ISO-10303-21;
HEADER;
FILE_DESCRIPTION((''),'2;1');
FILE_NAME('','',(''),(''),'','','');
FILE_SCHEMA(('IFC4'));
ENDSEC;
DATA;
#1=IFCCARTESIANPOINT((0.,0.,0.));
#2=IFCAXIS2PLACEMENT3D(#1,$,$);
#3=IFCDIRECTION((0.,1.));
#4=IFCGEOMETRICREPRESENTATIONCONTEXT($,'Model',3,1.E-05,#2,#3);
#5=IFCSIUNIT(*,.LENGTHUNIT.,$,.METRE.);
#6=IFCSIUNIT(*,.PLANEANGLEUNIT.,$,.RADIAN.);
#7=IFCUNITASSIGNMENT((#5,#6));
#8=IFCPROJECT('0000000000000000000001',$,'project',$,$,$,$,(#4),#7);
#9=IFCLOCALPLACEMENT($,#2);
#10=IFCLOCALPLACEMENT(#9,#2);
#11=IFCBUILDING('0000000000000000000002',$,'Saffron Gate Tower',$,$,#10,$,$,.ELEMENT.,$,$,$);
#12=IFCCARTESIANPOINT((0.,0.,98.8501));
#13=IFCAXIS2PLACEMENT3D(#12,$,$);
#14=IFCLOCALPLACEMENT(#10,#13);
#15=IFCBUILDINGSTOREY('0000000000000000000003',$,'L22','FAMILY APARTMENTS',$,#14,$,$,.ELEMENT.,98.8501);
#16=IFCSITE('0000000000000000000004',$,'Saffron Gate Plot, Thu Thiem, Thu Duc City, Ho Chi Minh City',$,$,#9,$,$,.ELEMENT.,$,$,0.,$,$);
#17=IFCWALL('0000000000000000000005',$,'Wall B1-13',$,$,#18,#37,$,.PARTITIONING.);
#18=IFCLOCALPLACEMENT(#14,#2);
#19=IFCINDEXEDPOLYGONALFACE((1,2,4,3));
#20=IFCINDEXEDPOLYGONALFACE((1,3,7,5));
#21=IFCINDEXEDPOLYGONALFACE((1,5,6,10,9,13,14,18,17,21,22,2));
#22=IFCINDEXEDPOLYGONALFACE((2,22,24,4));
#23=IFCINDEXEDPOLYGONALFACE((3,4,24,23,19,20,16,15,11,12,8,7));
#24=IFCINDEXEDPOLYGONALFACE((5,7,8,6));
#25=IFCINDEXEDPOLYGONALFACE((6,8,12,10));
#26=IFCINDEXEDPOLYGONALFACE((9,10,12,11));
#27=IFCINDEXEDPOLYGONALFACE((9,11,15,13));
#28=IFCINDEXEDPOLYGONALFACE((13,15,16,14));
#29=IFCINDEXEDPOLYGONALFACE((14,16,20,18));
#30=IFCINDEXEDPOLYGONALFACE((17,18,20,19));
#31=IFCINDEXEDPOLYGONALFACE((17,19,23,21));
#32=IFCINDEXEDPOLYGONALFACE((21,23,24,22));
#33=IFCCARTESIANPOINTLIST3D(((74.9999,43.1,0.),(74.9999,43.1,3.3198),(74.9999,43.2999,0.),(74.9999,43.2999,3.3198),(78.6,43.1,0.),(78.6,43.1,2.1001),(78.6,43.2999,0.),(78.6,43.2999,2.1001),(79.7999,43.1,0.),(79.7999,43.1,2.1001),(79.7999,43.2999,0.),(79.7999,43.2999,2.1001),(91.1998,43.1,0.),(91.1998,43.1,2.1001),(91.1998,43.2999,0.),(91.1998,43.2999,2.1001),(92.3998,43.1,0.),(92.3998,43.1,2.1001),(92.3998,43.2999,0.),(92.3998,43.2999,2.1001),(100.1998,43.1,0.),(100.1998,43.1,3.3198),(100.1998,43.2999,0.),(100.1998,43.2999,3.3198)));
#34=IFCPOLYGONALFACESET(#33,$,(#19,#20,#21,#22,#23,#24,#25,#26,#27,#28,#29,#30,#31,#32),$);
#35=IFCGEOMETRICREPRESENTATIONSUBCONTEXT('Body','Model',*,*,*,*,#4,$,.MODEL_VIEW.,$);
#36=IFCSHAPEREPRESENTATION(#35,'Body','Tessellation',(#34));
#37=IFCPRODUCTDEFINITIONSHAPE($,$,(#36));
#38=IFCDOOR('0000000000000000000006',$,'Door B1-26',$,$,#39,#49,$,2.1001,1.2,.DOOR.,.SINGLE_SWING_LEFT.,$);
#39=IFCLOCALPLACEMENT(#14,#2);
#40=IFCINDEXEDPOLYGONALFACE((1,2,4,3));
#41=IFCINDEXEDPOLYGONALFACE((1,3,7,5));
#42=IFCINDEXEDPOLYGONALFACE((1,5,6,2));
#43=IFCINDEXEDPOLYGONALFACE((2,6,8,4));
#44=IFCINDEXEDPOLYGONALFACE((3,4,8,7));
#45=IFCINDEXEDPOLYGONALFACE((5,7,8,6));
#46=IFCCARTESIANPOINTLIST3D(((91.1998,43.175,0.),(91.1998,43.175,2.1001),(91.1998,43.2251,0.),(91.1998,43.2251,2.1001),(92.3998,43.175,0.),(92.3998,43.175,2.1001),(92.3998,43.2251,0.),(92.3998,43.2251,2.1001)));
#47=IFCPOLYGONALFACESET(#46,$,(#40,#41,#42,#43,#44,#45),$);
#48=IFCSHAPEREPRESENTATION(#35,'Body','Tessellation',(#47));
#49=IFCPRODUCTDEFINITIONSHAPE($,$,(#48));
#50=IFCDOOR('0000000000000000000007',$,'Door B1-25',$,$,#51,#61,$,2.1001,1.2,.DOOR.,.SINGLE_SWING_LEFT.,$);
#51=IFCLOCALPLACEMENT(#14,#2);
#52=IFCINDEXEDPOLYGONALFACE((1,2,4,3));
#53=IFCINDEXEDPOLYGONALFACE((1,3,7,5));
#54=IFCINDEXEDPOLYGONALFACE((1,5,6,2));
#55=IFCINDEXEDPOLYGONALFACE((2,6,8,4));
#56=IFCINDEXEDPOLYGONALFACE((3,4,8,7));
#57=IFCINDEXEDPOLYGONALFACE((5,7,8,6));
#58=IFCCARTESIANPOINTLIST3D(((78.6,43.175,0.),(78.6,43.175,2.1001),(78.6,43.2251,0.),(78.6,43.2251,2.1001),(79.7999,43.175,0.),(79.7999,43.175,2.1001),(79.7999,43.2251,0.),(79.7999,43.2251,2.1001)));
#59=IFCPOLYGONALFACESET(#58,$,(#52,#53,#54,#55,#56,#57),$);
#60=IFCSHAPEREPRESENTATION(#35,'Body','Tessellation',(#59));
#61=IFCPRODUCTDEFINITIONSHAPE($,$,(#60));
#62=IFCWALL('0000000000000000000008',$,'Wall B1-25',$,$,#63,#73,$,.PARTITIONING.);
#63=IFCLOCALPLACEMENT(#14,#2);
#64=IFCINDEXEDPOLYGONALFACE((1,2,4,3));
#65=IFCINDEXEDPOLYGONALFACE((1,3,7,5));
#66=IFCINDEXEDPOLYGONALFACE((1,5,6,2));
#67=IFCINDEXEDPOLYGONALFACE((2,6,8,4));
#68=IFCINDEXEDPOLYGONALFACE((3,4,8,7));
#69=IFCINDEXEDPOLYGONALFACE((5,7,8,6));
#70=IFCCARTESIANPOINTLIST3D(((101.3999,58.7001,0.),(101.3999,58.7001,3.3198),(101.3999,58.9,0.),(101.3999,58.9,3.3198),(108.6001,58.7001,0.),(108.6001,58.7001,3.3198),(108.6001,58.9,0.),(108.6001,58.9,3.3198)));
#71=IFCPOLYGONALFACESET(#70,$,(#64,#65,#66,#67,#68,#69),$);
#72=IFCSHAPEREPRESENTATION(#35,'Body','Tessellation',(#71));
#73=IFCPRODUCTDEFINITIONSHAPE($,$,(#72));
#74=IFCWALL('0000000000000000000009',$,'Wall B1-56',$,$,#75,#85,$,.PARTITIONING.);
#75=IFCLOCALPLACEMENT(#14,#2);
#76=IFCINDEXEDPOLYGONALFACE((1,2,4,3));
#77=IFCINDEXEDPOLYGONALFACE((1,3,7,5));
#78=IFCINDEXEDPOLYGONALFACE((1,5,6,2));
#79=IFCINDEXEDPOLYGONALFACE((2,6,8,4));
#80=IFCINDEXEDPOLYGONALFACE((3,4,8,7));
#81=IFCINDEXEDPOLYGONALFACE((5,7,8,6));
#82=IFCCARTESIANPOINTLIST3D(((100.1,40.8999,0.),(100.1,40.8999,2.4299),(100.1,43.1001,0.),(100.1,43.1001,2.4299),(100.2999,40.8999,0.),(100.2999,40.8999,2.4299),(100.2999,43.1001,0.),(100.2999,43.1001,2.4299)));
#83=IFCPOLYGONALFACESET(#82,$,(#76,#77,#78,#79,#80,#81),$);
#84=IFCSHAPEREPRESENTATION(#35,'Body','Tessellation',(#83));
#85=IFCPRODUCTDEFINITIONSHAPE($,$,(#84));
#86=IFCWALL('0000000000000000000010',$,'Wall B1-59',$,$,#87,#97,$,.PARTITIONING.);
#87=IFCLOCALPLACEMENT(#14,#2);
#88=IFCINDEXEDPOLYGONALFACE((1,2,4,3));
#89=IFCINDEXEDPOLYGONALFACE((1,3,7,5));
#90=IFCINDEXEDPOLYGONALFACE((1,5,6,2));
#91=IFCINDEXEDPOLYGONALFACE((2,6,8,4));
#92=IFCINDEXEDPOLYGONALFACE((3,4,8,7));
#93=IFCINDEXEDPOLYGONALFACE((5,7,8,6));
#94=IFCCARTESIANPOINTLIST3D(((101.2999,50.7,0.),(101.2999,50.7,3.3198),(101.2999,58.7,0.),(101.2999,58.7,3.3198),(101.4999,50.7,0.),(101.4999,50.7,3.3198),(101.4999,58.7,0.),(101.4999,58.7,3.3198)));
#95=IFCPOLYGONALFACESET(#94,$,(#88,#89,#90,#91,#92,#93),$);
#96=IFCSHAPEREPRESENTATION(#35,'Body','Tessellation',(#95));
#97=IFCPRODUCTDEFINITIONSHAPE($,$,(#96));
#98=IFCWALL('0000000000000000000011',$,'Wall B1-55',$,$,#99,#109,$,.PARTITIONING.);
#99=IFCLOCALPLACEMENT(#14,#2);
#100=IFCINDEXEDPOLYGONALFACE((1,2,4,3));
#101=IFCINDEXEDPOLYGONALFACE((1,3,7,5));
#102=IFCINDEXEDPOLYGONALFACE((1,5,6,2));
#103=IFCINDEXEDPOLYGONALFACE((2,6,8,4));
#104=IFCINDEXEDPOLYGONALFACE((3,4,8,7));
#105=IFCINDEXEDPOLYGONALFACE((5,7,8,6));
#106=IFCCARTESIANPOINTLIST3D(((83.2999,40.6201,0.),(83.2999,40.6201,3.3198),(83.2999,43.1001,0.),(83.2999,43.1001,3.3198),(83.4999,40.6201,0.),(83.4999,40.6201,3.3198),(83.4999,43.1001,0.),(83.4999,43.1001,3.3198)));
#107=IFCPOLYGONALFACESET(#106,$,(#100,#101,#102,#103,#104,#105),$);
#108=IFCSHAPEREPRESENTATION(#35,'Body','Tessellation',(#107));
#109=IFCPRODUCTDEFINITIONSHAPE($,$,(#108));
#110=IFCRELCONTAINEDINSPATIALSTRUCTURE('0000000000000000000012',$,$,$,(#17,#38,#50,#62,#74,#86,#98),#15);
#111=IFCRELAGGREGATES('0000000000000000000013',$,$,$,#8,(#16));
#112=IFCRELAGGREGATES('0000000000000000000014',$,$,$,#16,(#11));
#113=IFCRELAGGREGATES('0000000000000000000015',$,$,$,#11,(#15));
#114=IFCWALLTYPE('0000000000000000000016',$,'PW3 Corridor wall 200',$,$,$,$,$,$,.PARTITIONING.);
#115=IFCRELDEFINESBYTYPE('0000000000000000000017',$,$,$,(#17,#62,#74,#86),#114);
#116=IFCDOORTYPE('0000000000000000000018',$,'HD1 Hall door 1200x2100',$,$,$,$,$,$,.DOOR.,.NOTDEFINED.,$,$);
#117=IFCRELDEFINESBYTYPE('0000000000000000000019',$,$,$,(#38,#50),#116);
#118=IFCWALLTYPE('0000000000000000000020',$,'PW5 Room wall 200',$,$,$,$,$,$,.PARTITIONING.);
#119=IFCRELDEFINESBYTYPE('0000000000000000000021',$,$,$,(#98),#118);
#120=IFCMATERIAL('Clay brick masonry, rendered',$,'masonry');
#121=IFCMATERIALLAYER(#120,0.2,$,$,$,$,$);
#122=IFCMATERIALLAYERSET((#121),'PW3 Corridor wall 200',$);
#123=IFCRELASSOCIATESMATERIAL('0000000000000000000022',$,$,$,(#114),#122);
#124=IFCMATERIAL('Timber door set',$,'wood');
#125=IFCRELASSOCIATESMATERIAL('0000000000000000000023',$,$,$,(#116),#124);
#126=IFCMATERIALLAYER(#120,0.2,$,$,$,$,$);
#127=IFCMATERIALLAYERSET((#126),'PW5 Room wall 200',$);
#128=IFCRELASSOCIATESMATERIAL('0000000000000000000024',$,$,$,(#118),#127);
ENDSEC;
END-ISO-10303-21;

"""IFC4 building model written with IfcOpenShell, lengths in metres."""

from ifc_helpers import new_model, si_unit, direction, frame, frame_2d, origin, place, context, subcontext, project, spatial, rectangle, extrude, material, layer, layer_set, type_object, element, fill, save


model = new_model("IFC4")

# Units and contexts
model_context = context("Model", 3, precision=1e-05, world=origin(), true_north=direction((0.0, 1.0)))
body_context = subcontext(model_context, "Body", "Model", "MODEL_VIEW")
ifc_project = project(units=[si_unit("LENGTHUNIT", "METRE"), si_unit("PLANEANGLEUNIT", "RADIAN")], contexts=[model_context])

# Site, building, storey
site_placement = place(None, origin())
site = spatial("IfcSite", under=ifc_project, at=site_placement, Name="Saffron Gate Plot, Thu Thiem, Thu Duc City, Ho Chi Minh City", CompositionType="ELEMENT", RefElevation=0.0)
building_placement = place(site_placement, origin())
building = spatial("IfcBuilding", under=site, at=building_placement, Name="Saffron Gate Tower", CompositionType="ELEMENT")
storey_placement = place(building_placement, frame((0.0, 0.0, 98.8501)))
storey = spatial("IfcBuildingStorey", under=building, at=storey_placement, Name="L22", Description="FAMILY APARTMENTS", CompositionType="ELEMENT", Elevation=98.8501)

# Wall, openings, doors
ifc_material_1 = material(Name="Clay brick masonry, rendered", Category="masonry")
ifc_layer_1 = layer(ifc_material_1, 0.2)
ifc_layer_set_1 = layer_set([ifc_layer_1], Name="PW3 Corridor wall 200")
wall_type_1 = type_object("IfcWallType", Name="PW3 Corridor wall 200", PredefinedType="PARTITIONING", material=ifc_layer_set_1)
wall_1_placement = place(storey_placement, frame((100.2, 43.2, 0.0), z_axis=(0.0, 0.0, 1.0), x_axis=(-1.0, 0.0, 0.0)))
wall_1 = element("IfcWall", 1, at=wall_1_placement, inside=storey, type_object=wall_type_1, Name="Wall B1-13", PredefinedType="PARTITIONING", context=body_context, shape_type="SweptSolid", body=[
    extrude(rectangle(XDim=25.2, YDim=0.2, at=frame_2d((12.6001, 0.0))), origin(), (0.0, 0.0, 1.0), 3.3198),
])
opening_1_placement = place(wall_1_placement, frame((7.8, 0.0, 0.0)))
opening_1 = element("IfcOpeningElement", 2, at=opening_1_placement, cuts=wall_1, PredefinedType="OPENING", context=body_context, shape_type="SweptSolid", body=[
    extrude(rectangle(XDim=1.2, YDim=2.1001, at=frame_2d((0.6001, 1.05))), frame((0.0, 0.1099, 0.0), z_axis=(0.0, -1.0, 0.0), x_axis=(1.0, 0.0, 0.0)), (0.0, 0.0, 1.0), 0.22),
])
opening_2_placement = place(wall_1_placement, frame((20.3999, 0.0, 0.0)))
opening_2 = element("IfcOpeningElement", 3, at=opening_2_placement, cuts=wall_1, PredefinedType="OPENING", context=body_context, shape_type="SweptSolid", body=[
    extrude(rectangle(XDim=1.2, YDim=2.1001, at=frame_2d((0.6001, 1.05))), frame((0.0, 0.1099, 0.0), z_axis=(0.0, -1.0, 0.0), x_axis=(1.0, 0.0, 0.0)), (0.0, 0.0, 1.0), 0.22),
])
ifc_material_2 = material(Name="Timber door set", Category="wood")
door_type_1 = type_object("IfcDoorType", Name="HD1 Hall door 1200x2100", OperationType="NOTDEFINED", PredefinedType="DOOR", material=ifc_material_2)
door_1_placement = place(opening_1_placement, origin())
door_1 = element("IfcDoor", 4, at=door_1_placement, inside=storey, type_object=door_type_1, Name="Door B1-26", OperationType="SINGLE_SWING_LEFT", OverallHeight=2.1001, OverallWidth=1.2, PredefinedType="DOOR", context=body_context, shape_type="SweptSolid", body=[
    extrude(rectangle(XDim=1.2, YDim=2.1001, at=frame_2d((0.6001, 1.05))), frame((0.0, 0.0249, 0.0), z_axis=(0.0, -1.0, 0.0), x_axis=(1.0, 0.0, 0.0)), (0.0, 0.0, 1.0), 0.05),
])
fill(opening_1, door_1)
door_2_placement = place(opening_2_placement, origin())
door_2 = element("IfcDoor", 5, at=door_2_placement, inside=storey, type_object=door_type_1, Name="Door B1-25", OperationType="SINGLE_SWING_LEFT", OverallHeight=2.1001, OverallWidth=1.2, PredefinedType="DOOR", context=body_context, shape_type="SweptSolid", body=[
    extrude(rectangle(XDim=1.2, YDim=2.1001, at=frame_2d((0.6001, 1.05))), frame((0.0, 0.0249, 0.0), z_axis=(0.0, -1.0, 0.0), x_axis=(1.0, 0.0, 0.0)), (0.0, 0.0, 1.0), 0.05),
])
fill(opening_2, door_2)

# Walls
wall_2_placement = place(storey_placement, frame((101.3999, 58.8, 0.0), z_axis=(0.0, 0.0, 1.0), x_axis=(1.0, 0.0, 0.0)))
element("IfcWall", 6, at=wall_2_placement, inside=storey, type_object=wall_type_1, Name="Wall B1-25", PredefinedType="PARTITIONING", context=body_context, shape_type="SweptSolid", body=[
    extrude(rectangle(XDim=7.2002, YDim=0.2, at=frame_2d((3.6001, 0.0))), origin(), (0.0, 0.0, 1.0), 3.3198),
])
wall_3_placement = place(storey_placement, frame((100.2, 43.1001, 0.0), z_axis=(0.0, 0.0, 1.0), x_axis=(0.0, -1.0, 0.0)))
element("IfcWall", 7, at=wall_3_placement, inside=storey, type_object=wall_type_1, Name="Wall B1-56", PredefinedType="PARTITIONING", context=body_context, shape_type="SweptSolid", body=[
    extrude(rectangle(XDim=2.2002, YDim=0.2, at=frame_2d((1.1001, 0.0))), origin(), (0.0, 0.0, 1.0), 2.4299),
])
wall_4_placement = place(storey_placement, frame((101.3999, 58.7, 0.0), z_axis=(0.0, 0.0, 1.0), x_axis=(0.0, -1.0, 0.0)))
element("IfcWall", 8, at=wall_4_placement, inside=storey, type_object=wall_type_1, Name="Wall B1-59", PredefinedType="PARTITIONING", context=body_context, shape_type="SweptSolid", body=[
    extrude(rectangle(XDim=8.0, YDim=0.2, at=frame_2d((4.0, 0.0))), origin(), (0.0, 0.0, 1.0), 3.3198),
])
ifc_layer_2 = layer(ifc_material_1, 0.2)
ifc_layer_set_2 = layer_set([ifc_layer_2], Name="PW5 Room wall 200")
wall_type_2 = type_object("IfcWallType", Name="PW5 Room wall 200", PredefinedType="PARTITIONING", material=ifc_layer_set_2)
wall_5_placement = place(storey_placement, frame((83.3999, 43.1001, 0.0), z_axis=(0.0, 0.0, 1.0), x_axis=(0.0, -1.0, 0.0)))
element("IfcWall", 9, at=wall_5_placement, inside=storey, type_object=wall_type_2, Name="Wall B1-55", PredefinedType="PARTITIONING", context=body_context, shape_type="SweptSolid", body=[
    extrude(rectangle(XDim=2.48, YDim=0.2, at=frame_2d((1.24, 0.0))), origin(), (0.0, 0.0, 1.0), 3.3198),
])

save(model, "model.ifc")
